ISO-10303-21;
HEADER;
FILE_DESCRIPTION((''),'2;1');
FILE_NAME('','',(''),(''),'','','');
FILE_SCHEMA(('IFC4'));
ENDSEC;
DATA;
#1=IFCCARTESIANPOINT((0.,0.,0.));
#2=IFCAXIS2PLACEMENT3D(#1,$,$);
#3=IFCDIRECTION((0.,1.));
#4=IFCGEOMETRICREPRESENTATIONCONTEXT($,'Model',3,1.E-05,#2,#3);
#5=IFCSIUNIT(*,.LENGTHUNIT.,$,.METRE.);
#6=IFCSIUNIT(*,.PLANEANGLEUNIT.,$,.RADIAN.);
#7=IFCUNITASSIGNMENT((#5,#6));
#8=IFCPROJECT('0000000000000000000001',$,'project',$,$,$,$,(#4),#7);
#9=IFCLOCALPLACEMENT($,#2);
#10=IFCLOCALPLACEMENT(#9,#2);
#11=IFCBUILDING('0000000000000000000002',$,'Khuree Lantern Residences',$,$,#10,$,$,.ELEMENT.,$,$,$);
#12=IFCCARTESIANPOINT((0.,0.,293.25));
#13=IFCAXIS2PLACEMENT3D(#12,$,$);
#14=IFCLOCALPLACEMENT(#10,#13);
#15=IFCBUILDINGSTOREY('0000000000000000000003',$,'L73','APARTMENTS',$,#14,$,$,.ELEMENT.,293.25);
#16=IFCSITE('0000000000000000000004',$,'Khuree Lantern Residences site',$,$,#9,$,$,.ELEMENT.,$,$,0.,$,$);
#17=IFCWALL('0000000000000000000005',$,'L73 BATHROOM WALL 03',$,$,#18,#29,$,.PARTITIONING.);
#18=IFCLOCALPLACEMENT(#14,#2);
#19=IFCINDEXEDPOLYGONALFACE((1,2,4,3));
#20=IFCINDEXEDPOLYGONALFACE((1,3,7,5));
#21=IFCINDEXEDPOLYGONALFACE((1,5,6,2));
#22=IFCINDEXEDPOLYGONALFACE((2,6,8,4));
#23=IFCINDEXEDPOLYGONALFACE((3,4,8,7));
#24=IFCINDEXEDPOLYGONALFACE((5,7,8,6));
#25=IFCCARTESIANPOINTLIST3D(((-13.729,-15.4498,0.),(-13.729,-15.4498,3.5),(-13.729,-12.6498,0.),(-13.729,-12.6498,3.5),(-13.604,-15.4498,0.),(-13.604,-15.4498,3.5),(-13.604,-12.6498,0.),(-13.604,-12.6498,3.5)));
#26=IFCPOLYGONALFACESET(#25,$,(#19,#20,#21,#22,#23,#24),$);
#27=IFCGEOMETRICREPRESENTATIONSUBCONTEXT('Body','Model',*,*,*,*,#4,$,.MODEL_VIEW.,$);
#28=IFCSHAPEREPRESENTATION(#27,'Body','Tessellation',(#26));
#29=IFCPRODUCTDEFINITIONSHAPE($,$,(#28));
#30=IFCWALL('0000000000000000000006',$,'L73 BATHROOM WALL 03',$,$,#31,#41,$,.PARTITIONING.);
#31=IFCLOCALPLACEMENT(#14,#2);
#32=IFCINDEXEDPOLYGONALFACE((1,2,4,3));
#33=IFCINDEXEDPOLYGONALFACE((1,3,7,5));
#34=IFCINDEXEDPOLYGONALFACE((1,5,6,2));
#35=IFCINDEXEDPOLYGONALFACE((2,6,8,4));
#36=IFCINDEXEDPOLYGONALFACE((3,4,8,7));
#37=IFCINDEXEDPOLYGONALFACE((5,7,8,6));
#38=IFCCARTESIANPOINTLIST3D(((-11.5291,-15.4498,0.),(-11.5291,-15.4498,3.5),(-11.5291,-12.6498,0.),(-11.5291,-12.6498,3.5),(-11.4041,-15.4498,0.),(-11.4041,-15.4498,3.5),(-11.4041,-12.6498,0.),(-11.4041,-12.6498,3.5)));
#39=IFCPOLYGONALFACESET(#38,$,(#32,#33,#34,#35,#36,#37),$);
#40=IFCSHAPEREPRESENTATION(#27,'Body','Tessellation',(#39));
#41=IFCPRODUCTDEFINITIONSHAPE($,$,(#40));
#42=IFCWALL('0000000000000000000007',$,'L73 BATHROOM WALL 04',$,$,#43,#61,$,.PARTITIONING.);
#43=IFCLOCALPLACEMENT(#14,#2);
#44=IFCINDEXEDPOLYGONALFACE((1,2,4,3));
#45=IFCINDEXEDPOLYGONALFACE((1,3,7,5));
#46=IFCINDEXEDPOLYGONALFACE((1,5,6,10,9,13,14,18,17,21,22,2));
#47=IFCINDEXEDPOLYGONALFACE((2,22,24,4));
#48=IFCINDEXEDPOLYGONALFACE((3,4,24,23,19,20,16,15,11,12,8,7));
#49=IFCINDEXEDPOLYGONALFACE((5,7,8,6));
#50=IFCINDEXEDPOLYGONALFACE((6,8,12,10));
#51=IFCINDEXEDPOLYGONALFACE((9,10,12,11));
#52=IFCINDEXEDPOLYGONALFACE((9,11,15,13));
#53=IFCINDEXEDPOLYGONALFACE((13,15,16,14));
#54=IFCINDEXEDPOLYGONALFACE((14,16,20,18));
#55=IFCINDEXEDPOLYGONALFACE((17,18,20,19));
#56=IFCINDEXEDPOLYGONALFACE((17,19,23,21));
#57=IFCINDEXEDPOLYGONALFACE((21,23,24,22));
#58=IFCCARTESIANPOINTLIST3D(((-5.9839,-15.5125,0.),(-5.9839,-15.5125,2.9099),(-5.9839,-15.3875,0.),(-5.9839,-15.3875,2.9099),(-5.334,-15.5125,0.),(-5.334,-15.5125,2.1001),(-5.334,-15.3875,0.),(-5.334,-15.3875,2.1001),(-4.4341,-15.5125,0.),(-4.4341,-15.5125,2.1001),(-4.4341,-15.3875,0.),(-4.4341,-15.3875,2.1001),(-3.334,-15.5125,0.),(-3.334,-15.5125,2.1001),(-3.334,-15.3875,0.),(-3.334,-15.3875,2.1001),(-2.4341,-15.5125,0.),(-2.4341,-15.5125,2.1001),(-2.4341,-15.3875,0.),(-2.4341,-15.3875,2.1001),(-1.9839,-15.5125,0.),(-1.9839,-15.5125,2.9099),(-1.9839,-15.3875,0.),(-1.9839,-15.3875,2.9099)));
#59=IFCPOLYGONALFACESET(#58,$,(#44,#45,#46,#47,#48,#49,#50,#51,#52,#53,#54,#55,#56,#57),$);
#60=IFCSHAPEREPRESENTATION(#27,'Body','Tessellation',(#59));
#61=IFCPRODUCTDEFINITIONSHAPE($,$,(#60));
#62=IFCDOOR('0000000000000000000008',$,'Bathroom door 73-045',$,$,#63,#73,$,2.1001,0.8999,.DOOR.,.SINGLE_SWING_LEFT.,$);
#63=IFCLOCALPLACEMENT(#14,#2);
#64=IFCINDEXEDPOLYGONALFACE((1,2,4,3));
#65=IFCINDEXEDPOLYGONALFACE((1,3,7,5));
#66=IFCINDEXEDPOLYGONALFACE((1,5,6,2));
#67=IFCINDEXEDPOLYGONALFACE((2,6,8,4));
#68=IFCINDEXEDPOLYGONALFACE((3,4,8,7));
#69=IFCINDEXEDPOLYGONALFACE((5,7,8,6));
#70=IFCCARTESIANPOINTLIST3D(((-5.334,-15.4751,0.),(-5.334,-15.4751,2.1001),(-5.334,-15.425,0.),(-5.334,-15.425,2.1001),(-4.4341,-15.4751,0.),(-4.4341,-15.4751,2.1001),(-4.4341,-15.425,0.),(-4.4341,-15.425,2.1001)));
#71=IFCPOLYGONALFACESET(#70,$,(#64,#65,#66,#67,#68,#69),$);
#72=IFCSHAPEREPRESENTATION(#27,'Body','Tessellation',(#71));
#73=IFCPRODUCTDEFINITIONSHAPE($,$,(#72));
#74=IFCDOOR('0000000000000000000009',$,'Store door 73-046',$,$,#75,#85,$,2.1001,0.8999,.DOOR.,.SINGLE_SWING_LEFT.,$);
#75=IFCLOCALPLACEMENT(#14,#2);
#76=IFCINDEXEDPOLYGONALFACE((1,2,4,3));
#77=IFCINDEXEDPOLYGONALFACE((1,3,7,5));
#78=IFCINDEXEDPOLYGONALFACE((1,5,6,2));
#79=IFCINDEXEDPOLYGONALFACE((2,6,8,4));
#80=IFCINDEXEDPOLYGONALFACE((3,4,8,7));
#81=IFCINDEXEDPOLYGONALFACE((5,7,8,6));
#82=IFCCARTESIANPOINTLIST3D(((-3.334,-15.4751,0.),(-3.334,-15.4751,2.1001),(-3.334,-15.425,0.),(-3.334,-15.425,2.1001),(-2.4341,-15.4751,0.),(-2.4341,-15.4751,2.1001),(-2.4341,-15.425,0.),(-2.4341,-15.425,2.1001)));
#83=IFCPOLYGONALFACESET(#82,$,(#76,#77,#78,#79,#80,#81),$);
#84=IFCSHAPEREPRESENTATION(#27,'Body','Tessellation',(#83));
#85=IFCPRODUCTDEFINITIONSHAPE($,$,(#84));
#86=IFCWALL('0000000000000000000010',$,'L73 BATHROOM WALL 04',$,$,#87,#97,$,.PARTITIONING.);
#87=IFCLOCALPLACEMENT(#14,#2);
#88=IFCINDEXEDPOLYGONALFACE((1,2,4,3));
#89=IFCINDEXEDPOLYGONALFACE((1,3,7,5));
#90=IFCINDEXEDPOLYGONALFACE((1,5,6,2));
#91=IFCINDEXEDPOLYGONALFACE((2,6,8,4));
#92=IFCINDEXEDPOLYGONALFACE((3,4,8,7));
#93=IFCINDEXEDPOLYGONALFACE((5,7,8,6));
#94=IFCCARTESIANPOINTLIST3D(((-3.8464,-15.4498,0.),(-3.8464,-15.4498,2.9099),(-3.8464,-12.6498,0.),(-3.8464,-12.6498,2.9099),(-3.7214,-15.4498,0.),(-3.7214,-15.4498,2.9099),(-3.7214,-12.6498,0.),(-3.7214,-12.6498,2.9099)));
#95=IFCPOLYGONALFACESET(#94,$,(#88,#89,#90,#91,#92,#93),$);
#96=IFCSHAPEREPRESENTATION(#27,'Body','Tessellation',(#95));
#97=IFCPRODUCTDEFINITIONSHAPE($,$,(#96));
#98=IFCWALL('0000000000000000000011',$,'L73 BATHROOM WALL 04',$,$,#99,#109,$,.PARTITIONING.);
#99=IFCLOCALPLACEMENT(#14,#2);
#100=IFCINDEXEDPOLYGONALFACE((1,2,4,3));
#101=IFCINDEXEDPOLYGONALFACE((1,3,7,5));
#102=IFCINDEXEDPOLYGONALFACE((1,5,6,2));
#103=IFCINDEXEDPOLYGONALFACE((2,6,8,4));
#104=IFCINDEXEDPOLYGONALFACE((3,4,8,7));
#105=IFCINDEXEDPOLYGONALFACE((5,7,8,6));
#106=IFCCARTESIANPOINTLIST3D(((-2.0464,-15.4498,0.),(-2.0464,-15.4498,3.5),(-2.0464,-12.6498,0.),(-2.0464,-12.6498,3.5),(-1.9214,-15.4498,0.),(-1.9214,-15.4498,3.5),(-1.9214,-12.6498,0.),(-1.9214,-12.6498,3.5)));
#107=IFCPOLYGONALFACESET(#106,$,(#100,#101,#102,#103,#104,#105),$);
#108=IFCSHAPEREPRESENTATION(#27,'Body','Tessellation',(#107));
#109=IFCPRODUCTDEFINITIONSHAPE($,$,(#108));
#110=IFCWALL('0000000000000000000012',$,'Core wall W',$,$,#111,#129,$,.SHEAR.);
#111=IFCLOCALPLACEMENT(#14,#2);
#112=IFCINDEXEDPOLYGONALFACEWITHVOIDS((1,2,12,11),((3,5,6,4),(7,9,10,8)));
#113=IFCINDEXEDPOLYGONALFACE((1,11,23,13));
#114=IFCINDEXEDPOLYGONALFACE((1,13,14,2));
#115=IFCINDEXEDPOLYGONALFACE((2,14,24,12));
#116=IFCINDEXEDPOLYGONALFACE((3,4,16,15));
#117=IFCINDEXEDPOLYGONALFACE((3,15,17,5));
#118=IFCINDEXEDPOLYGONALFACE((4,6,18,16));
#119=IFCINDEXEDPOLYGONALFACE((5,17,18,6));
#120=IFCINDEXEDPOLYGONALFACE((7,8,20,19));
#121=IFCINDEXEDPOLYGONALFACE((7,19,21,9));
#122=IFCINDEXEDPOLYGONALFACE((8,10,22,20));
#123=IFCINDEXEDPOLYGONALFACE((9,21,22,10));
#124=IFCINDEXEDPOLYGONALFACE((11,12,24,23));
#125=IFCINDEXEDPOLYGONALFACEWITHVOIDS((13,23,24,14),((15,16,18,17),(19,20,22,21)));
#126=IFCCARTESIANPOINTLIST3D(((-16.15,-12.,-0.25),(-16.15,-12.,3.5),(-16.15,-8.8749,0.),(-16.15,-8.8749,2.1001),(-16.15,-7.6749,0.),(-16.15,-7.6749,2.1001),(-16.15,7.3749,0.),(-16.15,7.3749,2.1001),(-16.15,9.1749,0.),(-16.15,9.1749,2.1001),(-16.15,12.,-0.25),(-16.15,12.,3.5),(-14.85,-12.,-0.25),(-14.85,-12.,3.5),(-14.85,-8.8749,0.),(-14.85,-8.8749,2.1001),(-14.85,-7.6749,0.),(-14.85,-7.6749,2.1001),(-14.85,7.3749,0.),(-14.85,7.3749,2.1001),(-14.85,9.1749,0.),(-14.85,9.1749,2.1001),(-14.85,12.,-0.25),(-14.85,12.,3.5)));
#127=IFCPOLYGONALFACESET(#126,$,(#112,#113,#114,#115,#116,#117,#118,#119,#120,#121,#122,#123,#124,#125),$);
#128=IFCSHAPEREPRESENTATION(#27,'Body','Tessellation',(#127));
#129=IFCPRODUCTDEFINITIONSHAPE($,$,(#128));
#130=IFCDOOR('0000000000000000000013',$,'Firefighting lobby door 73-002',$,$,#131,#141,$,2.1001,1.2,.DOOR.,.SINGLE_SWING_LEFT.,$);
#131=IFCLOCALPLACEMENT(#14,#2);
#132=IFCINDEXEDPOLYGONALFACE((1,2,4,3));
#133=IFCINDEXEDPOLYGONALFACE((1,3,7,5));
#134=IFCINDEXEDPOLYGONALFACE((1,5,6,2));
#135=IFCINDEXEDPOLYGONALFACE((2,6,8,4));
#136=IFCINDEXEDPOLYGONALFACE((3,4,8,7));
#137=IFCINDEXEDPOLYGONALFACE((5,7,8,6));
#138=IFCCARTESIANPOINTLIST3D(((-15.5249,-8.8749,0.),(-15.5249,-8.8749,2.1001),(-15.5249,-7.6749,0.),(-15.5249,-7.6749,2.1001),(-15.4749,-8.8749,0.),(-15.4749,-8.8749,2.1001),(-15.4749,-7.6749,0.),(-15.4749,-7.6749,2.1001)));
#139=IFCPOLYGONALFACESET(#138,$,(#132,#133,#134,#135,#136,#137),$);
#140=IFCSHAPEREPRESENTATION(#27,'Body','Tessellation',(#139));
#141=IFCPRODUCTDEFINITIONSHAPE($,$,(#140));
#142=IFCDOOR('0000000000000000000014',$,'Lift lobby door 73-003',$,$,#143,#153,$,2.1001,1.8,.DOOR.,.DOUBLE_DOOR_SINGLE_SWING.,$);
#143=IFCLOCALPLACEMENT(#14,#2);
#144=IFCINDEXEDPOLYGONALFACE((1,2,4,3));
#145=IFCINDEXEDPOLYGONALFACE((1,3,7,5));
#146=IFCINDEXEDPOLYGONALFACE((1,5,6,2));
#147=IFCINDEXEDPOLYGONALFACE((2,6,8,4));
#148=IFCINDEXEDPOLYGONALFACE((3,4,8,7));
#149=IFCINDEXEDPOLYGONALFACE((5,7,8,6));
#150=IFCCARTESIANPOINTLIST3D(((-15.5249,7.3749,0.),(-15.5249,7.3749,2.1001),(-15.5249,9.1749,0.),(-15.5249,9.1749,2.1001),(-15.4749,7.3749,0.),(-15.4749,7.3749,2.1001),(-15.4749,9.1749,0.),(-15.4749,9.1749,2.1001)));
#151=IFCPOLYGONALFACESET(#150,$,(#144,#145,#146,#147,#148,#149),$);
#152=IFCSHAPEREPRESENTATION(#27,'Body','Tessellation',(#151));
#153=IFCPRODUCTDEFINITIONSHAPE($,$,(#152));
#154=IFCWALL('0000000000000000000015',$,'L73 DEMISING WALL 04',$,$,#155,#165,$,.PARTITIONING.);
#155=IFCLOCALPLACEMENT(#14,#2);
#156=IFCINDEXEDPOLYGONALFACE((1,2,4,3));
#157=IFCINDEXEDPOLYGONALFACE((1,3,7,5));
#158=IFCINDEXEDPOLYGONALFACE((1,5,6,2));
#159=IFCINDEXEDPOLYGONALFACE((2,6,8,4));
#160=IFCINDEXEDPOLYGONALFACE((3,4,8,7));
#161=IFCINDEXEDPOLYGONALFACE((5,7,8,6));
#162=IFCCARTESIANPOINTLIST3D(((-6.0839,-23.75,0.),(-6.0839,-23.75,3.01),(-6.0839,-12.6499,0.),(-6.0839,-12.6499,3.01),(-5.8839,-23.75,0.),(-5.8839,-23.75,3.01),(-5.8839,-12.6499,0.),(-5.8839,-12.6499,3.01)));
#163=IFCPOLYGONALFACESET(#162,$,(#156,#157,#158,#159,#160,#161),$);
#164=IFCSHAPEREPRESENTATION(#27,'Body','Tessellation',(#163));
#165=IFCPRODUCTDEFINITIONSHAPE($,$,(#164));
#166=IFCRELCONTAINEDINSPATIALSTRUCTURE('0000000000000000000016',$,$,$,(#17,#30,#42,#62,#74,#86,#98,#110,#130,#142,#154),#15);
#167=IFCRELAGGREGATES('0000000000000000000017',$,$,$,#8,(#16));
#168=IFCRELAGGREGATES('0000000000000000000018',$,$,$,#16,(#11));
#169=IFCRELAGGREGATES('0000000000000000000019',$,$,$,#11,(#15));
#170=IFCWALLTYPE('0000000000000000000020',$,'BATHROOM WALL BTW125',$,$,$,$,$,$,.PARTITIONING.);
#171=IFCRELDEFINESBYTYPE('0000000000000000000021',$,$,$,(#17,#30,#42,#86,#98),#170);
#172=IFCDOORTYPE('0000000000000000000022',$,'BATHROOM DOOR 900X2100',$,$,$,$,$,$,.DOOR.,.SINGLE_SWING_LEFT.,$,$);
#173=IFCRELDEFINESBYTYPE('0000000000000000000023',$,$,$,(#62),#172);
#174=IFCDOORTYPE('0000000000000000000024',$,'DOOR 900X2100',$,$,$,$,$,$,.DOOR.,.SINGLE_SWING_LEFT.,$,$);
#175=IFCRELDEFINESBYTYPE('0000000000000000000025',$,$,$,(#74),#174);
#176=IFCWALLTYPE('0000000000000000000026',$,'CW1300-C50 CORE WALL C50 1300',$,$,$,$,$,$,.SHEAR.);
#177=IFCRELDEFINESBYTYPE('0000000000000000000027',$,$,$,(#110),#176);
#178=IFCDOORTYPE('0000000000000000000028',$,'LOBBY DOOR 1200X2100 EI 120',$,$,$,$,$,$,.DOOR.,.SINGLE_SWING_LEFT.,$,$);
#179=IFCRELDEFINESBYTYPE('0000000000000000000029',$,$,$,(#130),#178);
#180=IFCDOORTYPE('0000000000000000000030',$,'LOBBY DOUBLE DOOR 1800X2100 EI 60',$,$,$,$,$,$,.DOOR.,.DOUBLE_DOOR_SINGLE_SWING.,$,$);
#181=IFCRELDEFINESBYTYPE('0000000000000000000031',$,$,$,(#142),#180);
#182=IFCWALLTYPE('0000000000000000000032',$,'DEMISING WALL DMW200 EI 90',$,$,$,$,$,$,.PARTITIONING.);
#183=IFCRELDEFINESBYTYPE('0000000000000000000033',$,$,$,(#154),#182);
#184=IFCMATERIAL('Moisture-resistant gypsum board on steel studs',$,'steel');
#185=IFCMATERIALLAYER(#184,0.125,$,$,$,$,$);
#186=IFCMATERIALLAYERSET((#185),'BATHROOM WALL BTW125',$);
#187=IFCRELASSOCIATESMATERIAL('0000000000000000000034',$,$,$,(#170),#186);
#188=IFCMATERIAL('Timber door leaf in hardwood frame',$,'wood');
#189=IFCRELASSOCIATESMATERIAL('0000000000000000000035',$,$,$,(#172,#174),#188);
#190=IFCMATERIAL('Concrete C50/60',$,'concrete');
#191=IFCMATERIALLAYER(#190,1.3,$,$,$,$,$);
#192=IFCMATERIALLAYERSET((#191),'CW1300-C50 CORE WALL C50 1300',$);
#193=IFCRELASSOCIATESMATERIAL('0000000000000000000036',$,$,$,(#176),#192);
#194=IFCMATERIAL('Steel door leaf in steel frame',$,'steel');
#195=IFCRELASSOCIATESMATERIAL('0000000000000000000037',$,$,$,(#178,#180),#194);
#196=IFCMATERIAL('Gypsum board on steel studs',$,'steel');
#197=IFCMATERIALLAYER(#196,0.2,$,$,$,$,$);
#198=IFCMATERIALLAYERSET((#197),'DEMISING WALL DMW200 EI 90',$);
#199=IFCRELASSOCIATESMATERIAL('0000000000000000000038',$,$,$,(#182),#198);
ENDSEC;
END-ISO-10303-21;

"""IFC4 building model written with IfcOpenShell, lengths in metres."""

from ifc_helpers import new_model, si_unit, direction, frame, frame_2d, origin, place, context, subcontext, project, spatial, rectangle, extrude, material, layer, layer_set, type_object, element, fill, save


model = new_model("IFC4")

# Units and contexts
model_context = context("Model", 3, precision=1e-05, world=origin(), true_north=direction((0.0, 1.0)))
body_context = subcontext(model_context, "Body", "Model", "MODEL_VIEW")
ifc_project = project(units=[si_unit("LENGTHUNIT", "METRE"), si_unit("PLANEANGLEUNIT", "RADIAN")], contexts=[model_context])

# Site, building, storey
site_placement = place(None, origin())
site = spatial("IfcSite", under=ifc_project, at=site_placement, Name="Khuree Lantern Residences site", CompositionType="ELEMENT", RefElevation=0.0)
building_placement = place(site_placement, origin())
building = spatial("IfcBuilding", under=site, at=building_placement, Name="Khuree Lantern Residences", CompositionType="ELEMENT")
storey_placement = place(building_placement, frame((0.0, 0.0, 293.25)))
storey = spatial("IfcBuildingStorey", under=building, at=storey_placement, Name="L73", Description="APARTMENTS", CompositionType="ELEMENT", Elevation=293.25)

# Walls
ifc_material_1 = material(Name="Moisture-resistant gypsum board on steel studs", Category="steel")
ifc_layer_1 = layer(ifc_material_1, 0.125)
ifc_layer_set_1 = layer_set([ifc_layer_1], Name="BATHROOM WALL BTW125")
wall_type_1 = type_object("IfcWallType", Name="BATHROOM WALL BTW125", PredefinedType="PARTITIONING", material=ifc_layer_set_1)
for number, where, z_axis, x_axis, name in (
    (1, (-13.6665, -12.6499, 0.0), (0.0, 0.0, 1.0), (0.0, -1.0, 0.0), "L73 BATHROOM WALL 03"),
    (2, (-11.4666, -12.6499, 0.0), (0.0, 0.0, 1.0), (0.0, -1.0, 0.0), "L73 BATHROOM WALL 03"),
):
    element("IfcWall", number, at=place(storey_placement, frame(where, z_axis=z_axis, x_axis=x_axis)), inside=storey, type_object=wall_type_1, Name=name, PredefinedType="PARTITIONING", context=body_context, shape_type="SweptSolid", body=[
        extrude(rectangle(XDim=2.8, YDim=0.125, at=frame_2d((1.3999, 0.0))), origin(), (0.0, 0.0, 1.0), 3.5),
    ])

# Wall, openings, doors
wall_1_placement = place(storey_placement, frame((-5.9839, -15.45, 0.0), z_axis=(0.0, 0.0, 1.0), x_axis=(1.0, 0.0, 0.0)))
wall_1 = element("IfcWall", 3, at=wall_1_placement, inside=storey, type_object=wall_type_1, Name="L73 BATHROOM WALL 04", PredefinedType="PARTITIONING", context=body_context, shape_type="SweptSolid", body=[
    extrude(rectangle(XDim=4.0, YDim=0.125, at=frame_2d((2.0, 0.0))), origin(), (0.0, 0.0, 1.0), 2.9099),
])
opening_1_placement = place(wall_1_placement, frame((0.6499, 0.0, 0.0)))
opening_1 = element("IfcOpeningElement", 4, at=opening_1_placement, cuts=wall_1, PredefinedType="OPENING", context=body_context, shape_type="SweptSolid", body=[
    extrude(rectangle(XDim=0.8999, YDim=2.1001, at=frame_2d((0.45, 1.05))), frame((0.0, 0.0725, 0.0), z_axis=(0.0, -1.0, 0.0), x_axis=(1.0, 0.0, 0.0)), (0.0, 0.0, 1.0), 0.145),
])
opening_2_placement = place(wall_1_placement, frame((2.6499, 0.0, 0.0)))
opening_2 = element("IfcOpeningElement", 5, at=opening_2_placement, cuts=wall_1, PredefinedType="OPENING", context=body_context, shape_type="SweptSolid", body=[
    extrude(rectangle(XDim=0.8999, YDim=2.1001, at=frame_2d((0.45, 1.05))), frame((0.0, 0.0725, 0.0), z_axis=(0.0, -1.0, 0.0), x_axis=(1.0, 0.0, 0.0)), (0.0, 0.0, 1.0), 0.145),
])
ifc_material_2 = material(Name="Timber door leaf in hardwood frame", Category="wood")
door_type_1 = type_object("IfcDoorType", Name="BATHROOM DOOR 900X2100", OperationType="SINGLE_SWING_LEFT", PredefinedType="DOOR", material=ifc_material_2)
door_1_placement = place(opening_1_placement, origin())
door_1 = element("IfcDoor", 6, at=door_1_placement, inside=storey, type_object=door_type_1, Name="Bathroom door 73-045", OperationType="SINGLE_SWING_LEFT", OverallHeight=2.1001, OverallWidth=0.8999, PredefinedType="DOOR", context=body_context, shape_type="SweptSolid", body=[
    extrude(rectangle(XDim=0.8999, YDim=2.1001, at=frame_2d((0.45, 1.05))), frame((0.0, 0.0249, 0.0), z_axis=(0.0, -1.0, 0.0), x_axis=(1.0, 0.0, 0.0)), (0.0, 0.0, 1.0), 0.05),
])
fill(opening_1, door_1)
door_type_2 = type_object("IfcDoorType", Name="DOOR 900X2100", OperationType="SINGLE_SWING_LEFT", PredefinedType="DOOR", material=ifc_material_2)
door_2_placement = place(opening_2_placement, origin())
door_2 = element("IfcDoor", 7, at=door_2_placement, inside=storey, type_object=door_type_2, Name="Store door 73-046", OperationType="SINGLE_SWING_LEFT", OverallHeight=2.1001, OverallWidth=0.8999, PredefinedType="DOOR", context=body_context, shape_type="SweptSolid", body=[
    extrude(rectangle(XDim=0.8999, YDim=2.1001, at=frame_2d((0.45, 1.05))), frame((0.0, 0.0249, 0.0), z_axis=(0.0, -1.0, 0.0), x_axis=(1.0, 0.0, 0.0)), (0.0, 0.0, 1.0), 0.05),
])
fill(opening_2, door_2)

# Walls
wall_2_placement = place(storey_placement, frame((-3.7839, -12.6499, 0.0), z_axis=(0.0, 0.0, 1.0), x_axis=(0.0, -1.0, 0.0)))
element("IfcWall", 8, at=wall_2_placement, inside=storey, type_object=wall_type_1, Name="L73 BATHROOM WALL 04", PredefinedType="PARTITIONING", context=body_context, shape_type="SweptSolid", body=[
    extrude(rectangle(XDim=2.8, YDim=0.125, at=frame_2d((1.3999, 0.0))), origin(), (0.0, 0.0, 1.0), 2.9099),
])
wall_3_placement = place(storey_placement, frame((-1.9839, -12.6499, 0.0), z_axis=(0.0, 0.0, 1.0), x_axis=(0.0, -1.0, 0.0)))
element("IfcWall", 9, at=wall_3_placement, inside=storey, type_object=wall_type_1, Name="L73 BATHROOM WALL 04", PredefinedType="PARTITIONING", context=body_context, shape_type="SweptSolid", body=[
    extrude(rectangle(XDim=2.8, YDim=0.125, at=frame_2d((1.3999, 0.0))), origin(), (0.0, 0.0, 1.0), 3.5),
])

# Wall, openings, doors
ifc_material_3 = material(Name="Concrete C50/60", Category="concrete")
ifc_layer_2 = layer(ifc_material_3, 1.3)
ifc_layer_set_2 = layer_set([ifc_layer_2], Name="CW1300-C50 CORE WALL C50 1300")
wall_type_2 = type_object("IfcWallType", Name="CW1300-C50 CORE WALL C50 1300", PredefinedType="SHEAR", material=ifc_layer_set_2)
wall_4_placement = place(storey_placement, frame((-15.5, -12.0, -0.25), z_axis=(0.0, 0.0, 1.0), x_axis=(0.0, 1.0, 0.0)))
wall_4 = element("IfcWall", 10, at=wall_4_placement, inside=storey, type_object=wall_type_2, Name="Core wall W", PredefinedType="SHEAR", context=body_context, shape_type="SweptSolid", body=[
    extrude(rectangle(XDim=24.0, YDim=1.3, at=frame_2d((12.0, 0.0))), origin(), (0.0, 0.0, 1.0), 3.75),
])
opening_3_placement = place(wall_4_placement, frame((3.125, 0.0, 0.25)))
opening_3 = element("IfcOpeningElement", 11, at=opening_3_placement, cuts=wall_4, PredefinedType="OPENING", context=body_context, shape_type="SweptSolid", body=[
    extrude(rectangle(XDim=1.2, YDim=2.1001, at=frame_2d((0.6001, 1.05))), frame((0.0, 0.6602, 0.0), z_axis=(0.0, -1.0, 0.0), x_axis=(1.0, 0.0, 0.0)), (0.0, 0.0, 1.0), 1.3201),
])
opening_4_placement = place(wall_4_placement, frame((19.375, 0.0, 0.25)))
opening_4 = element("IfcOpeningElement", 12, at=opening_4_placement, cuts=wall_4, PredefinedType="OPENING", context=body_context, shape_type="SweptSolid", body=[
    extrude(rectangle(XDim=1.8, YDim=2.1001, at=frame_2d((0.8999, 1.05))), frame((0.0, 0.6602, 0.0), z_axis=(0.0, -1.0, 0.0), x_axis=(1.0, 0.0, 0.0)), (0.0, 0.0, 1.0), 1.3201),
])
ifc_material_4 = material(Name="Steel door leaf in steel frame", Category="steel")
door_type_3 = type_object("IfcDoorType", Name="LOBBY DOOR 1200X2100 EI 120", OperationType="SINGLE_SWING_LEFT", PredefinedType="DOOR", material=ifc_material_4)
door_3_placement = place(opening_3_placement, origin())
door_3 = element("IfcDoor", 13, at=door_3_placement, inside=storey, type_object=door_type_3, Name="Firefighting lobby door 73-002", OperationType="SINGLE_SWING_LEFT", OverallHeight=2.1001, OverallWidth=1.2, PredefinedType="DOOR", context=body_context, shape_type="SweptSolid", body=[
    extrude(rectangle(XDim=1.2, YDim=2.1001, at=frame_2d((0.6001, 1.05))), frame((0.0, 0.0249, 0.0), z_axis=(0.0, -1.0, 0.0), x_axis=(1.0, 0.0, 0.0)), (0.0, 0.0, 1.0), 0.05),
])
fill(opening_3, door_3)
door_type_4 = type_object("IfcDoorType", Name="LOBBY DOUBLE DOOR 1800X2100 EI 60", OperationType="DOUBLE_DOOR_SINGLE_SWING", PredefinedType="DOOR", material=ifc_material_4)
door_4_placement = place(opening_4_placement, origin())
door_4 = element("IfcDoor", 14, at=door_4_placement, inside=storey, type_object=door_type_4, Name="Lift lobby door 73-003", OperationType="DOUBLE_DOOR_SINGLE_SWING", OverallHeight=2.1001, OverallWidth=1.8, PredefinedType="DOOR", context=body_context, shape_type="SweptSolid", body=[
    extrude(rectangle(XDim=1.8, YDim=2.1001, at=frame_2d((0.8999, 1.05))), frame((0.0, 0.0249, 0.0), z_axis=(0.0, -1.0, 0.0), x_axis=(1.0, 0.0, 0.0)), (0.0, 0.0, 1.0), 0.05),
])
fill(opening_4, door_4)

# Wall
ifc_material_5 = material(Name="Gypsum board on steel studs", Category="steel")
ifc_layer_3 = layer(ifc_material_5, 0.2)
ifc_layer_set_3 = layer_set([ifc_layer_3], Name="DEMISING WALL DMW200 EI 90")
wall_type_3 = type_object("IfcWallType", Name="DEMISING WALL DMW200 EI 90", PredefinedType="PARTITIONING", material=ifc_layer_set_3)
wall_5_placement = place(storey_placement, frame((-5.9839, -12.6499, 0.0), z_axis=(0.0, 0.0, 1.0), x_axis=(0.0, -1.0, 0.0)))
element("IfcWall", 15, at=wall_5_placement, inside=storey, type_object=wall_type_3, Name="L73 DEMISING WALL 04", PredefinedType="PARTITIONING", context=body_context, shape_type="SweptSolid", body=[
    extrude(rectangle(XDim=11.1001, YDim=0.2, at=frame_2d((5.55, 0.0))), origin(), (0.0, 0.0, 1.0), 3.01),
])

save(model, "model.ifc")
